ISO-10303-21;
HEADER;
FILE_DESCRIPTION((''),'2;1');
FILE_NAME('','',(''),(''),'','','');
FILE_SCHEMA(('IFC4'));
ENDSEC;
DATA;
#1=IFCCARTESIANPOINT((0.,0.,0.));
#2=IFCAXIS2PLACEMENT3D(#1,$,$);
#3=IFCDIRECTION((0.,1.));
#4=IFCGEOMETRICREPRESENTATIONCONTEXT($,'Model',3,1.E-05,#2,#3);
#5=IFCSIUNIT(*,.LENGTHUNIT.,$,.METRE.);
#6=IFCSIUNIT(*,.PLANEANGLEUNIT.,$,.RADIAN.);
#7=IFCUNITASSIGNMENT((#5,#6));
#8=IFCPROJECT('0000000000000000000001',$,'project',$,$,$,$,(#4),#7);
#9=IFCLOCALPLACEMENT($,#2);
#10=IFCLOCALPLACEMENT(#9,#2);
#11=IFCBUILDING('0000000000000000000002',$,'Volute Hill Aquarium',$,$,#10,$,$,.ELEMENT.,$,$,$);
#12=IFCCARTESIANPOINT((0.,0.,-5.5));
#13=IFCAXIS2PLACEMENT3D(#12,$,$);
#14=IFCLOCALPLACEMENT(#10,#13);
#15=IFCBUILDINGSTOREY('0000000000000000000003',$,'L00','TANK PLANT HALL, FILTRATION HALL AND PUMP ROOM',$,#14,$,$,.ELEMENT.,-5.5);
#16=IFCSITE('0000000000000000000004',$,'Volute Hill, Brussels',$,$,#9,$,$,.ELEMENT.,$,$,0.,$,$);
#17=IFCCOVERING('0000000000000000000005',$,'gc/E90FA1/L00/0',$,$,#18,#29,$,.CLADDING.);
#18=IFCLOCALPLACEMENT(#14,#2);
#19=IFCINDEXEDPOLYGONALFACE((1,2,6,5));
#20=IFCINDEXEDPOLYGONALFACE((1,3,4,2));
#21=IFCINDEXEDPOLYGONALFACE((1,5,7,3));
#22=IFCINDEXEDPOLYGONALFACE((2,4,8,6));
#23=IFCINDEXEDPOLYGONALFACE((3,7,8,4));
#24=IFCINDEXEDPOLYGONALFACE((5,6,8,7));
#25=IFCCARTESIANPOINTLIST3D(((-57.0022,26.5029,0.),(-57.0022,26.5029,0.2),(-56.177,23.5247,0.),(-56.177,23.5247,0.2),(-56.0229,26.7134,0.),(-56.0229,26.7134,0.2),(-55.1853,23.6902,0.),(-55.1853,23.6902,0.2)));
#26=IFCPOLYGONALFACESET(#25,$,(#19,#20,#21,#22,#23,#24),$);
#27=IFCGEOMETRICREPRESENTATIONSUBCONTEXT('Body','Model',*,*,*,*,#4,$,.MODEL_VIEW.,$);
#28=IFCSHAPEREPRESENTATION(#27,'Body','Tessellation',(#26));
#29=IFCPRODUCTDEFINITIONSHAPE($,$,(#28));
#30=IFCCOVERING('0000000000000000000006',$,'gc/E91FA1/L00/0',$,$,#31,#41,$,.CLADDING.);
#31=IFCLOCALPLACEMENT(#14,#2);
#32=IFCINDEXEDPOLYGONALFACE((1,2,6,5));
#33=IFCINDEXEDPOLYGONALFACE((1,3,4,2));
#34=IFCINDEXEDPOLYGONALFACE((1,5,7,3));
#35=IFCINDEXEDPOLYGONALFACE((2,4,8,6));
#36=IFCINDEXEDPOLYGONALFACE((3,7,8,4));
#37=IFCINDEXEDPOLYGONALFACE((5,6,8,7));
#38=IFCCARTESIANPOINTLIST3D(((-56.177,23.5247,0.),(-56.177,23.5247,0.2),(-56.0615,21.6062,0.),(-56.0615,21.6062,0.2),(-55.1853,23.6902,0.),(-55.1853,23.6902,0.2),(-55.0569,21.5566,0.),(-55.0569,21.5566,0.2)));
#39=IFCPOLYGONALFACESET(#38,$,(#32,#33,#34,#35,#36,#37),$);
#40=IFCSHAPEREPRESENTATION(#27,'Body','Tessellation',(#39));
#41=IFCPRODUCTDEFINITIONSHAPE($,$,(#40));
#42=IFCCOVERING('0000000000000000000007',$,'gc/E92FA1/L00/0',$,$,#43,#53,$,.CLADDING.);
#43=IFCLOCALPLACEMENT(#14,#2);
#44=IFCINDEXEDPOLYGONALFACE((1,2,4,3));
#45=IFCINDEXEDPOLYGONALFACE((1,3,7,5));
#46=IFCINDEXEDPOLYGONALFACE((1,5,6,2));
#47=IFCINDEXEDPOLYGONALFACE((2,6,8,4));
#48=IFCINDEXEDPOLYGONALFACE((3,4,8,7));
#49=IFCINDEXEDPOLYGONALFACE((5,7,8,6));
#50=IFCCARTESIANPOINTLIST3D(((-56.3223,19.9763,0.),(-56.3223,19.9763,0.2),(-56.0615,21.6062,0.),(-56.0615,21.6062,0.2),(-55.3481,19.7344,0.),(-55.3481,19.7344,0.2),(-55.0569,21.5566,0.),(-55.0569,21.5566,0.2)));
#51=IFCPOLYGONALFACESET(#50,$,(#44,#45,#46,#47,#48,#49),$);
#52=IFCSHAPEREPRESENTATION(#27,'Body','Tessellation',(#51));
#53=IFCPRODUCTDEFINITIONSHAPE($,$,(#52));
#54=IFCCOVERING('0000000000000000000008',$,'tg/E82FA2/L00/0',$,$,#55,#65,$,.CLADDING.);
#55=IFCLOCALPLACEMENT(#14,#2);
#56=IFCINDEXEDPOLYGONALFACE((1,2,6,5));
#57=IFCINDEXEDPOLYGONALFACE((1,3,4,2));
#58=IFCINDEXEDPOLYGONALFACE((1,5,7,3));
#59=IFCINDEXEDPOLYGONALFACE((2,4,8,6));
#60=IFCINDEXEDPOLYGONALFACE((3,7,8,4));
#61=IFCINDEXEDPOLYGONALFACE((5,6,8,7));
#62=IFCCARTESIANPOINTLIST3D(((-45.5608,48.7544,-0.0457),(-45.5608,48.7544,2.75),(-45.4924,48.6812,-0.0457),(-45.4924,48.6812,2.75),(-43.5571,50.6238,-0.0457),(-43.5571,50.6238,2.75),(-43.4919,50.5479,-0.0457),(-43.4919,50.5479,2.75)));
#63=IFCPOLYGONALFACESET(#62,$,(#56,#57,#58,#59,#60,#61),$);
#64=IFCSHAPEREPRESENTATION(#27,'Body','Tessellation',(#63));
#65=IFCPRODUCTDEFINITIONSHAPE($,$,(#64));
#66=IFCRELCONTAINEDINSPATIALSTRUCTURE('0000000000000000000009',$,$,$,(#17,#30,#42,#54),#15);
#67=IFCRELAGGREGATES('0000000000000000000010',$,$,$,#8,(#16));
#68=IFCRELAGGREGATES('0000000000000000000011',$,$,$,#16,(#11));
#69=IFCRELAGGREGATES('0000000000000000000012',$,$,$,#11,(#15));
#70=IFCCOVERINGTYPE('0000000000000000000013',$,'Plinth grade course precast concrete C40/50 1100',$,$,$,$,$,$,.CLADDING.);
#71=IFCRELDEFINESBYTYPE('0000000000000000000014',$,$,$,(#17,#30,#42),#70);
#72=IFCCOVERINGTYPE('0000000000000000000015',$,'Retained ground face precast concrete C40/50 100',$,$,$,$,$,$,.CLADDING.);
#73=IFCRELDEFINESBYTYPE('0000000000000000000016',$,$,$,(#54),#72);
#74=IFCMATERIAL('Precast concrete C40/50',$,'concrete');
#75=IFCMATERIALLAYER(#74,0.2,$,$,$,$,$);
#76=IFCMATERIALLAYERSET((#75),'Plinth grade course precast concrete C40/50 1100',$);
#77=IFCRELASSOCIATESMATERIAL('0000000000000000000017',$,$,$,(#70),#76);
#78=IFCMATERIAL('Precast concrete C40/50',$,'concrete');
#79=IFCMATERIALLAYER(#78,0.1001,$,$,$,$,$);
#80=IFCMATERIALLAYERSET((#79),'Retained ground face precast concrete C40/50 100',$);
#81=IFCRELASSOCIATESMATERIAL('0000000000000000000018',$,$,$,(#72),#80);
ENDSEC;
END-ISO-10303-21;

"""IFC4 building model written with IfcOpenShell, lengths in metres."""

from ifc_helpers import new_model, si_unit, direction, frame, origin, place, context, subcontext, project, spatial, polyline, outline, extrude, material, layer, layer_set, type_object, element, save


model = new_model("IFC4")

# Units and contexts
model_context = context("Model", 3, precision=1e-05, world=origin(), true_north=direction((0.0, 1.0)))
body_context = subcontext(model_context, "Body", "Model", "MODEL_VIEW")
ifc_project = project(units=[si_unit("LENGTHUNIT", "METRE"), si_unit("PLANEANGLEUNIT", "RADIAN")], contexts=[model_context])

# Site, building, storey
site_placement = place(None, origin())
site = spatial("IfcSite", under=ifc_project, at=site_placement, Name="Volute Hill, Brussels", CompositionType="ELEMENT", RefElevation=0.0)
building_placement = place(site_placement, origin())
building = spatial("IfcBuilding", under=site, at=building_placement, Name="Volute Hill Aquarium", CompositionType="ELEMENT")
storey_placement = place(building_placement, frame((0.0, 0.0, -5.5)))
storey = spatial("IfcBuildingStorey", under=building, at=storey_placement, Name="L00", Description="TANK PLANT HALL, FILTRATION HALL AND PUMP ROOM", CompositionType="ELEMENT", Elevation=-5.5)

# Coverings
ifc_material_1 = material(Name="Precast concrete C40/50", Category="concrete")
ifc_layer_1 = layer(ifc_material_1, 0.2)
ifc_layer_set_1 = layer_set([ifc_layer_1], Name="Plinth grade course precast concrete C40/50 1100")
covering_type_1 = type_object("IfcCoveringType", Name="Plinth grade course precast concrete C40/50 1100", PredefinedType="CLADDING", material=ifc_layer_set_1)
covering_1_placement = place(storey_placement, origin())
element("IfcCovering", 1, at=covering_1_placement, inside=storey, type_object=covering_type_1, Name="gc/E90FA1/L00/0", PredefinedType="CLADDING", context=body_context, shape_type="SweptSolid", body=[
    extrude(outline(polyline([(-56.177, 23.5247), (-56.177, 23.5247), (-55.1853, 23.6902), (-56.0229, 26.7134), (-56.0229, 26.7134), (-57.0022, 26.5029), (-57.0022, 26.5029), (-56.177, 23.5247)])), origin(), (0.0, 0.0, 1.0), 0.2),
])
covering_2_placement = place(storey_placement, origin())
element("IfcCovering", 2, at=covering_2_placement, inside=storey, type_object=covering_type_1, Name="gc/E91FA1/L00/0", PredefinedType="CLADDING", context=body_context, shape_type="SweptSolid", body=[
    extrude(outline(polyline([(-56.0615, 21.6062), (-56.0615, 21.6062), (-55.0569, 21.5566), (-55.0569, 21.5566), (-55.1853, 23.6902), (-55.1853, 23.6902), (-56.177, 23.5247), (-56.0615, 21.6062)])), origin(), (0.0, 0.0, 1.0), 0.2),
])
covering_3_placement = place(storey_placement, origin())
element("IfcCovering", 3, at=covering_3_placement, inside=storey, type_object=covering_type_1, Name="gc/E92FA1/L00/0", PredefinedType="CLADDING", context=body_context, shape_type="SweptSolid", body=[
    extrude(outline(polyline([(-56.0615, 21.6062), (-56.3223, 19.9763), (-55.3481, 19.7344), (-55.0569, 21.5566), (-56.0615, 21.6062)])), origin(), (0.0, 0.0, 1.0), 0.2),
])
ifc_material_2 = material(Name="Precast concrete C40/50", Category="concrete")
ifc_layer_2 = layer(ifc_material_2, 0.1001)
ifc_layer_set_2 = layer_set([ifc_layer_2], Name="Retained ground face precast concrete C40/50 100")
covering_type_2 = type_object("IfcCoveringType", Name="Retained ground face precast concrete C40/50 100", PredefinedType="CLADDING", material=ifc_layer_set_2)
covering_4_placement = place(storey_placement, frame((0.0, 0.0, -0.0457)))
element("IfcCovering", 4, at=covering_4_placement, inside=storey, type_object=covering_type_2, Name="tg/E82FA2/L00/0", PredefinedType="CLADDING", context=body_context, shape_type="SweptSolid", body=[
    extrude(outline(polyline([(-43.5571, 50.6238), (-45.5608, 48.7544), (-45.4924, 48.6812), (-43.4919, 50.5479), (-43.4919, 50.5479), (-43.5571, 50.6238)])), origin(), (0.0, 0.0, 1.0), 2.7957),
])

save(model, "model.ifc")
